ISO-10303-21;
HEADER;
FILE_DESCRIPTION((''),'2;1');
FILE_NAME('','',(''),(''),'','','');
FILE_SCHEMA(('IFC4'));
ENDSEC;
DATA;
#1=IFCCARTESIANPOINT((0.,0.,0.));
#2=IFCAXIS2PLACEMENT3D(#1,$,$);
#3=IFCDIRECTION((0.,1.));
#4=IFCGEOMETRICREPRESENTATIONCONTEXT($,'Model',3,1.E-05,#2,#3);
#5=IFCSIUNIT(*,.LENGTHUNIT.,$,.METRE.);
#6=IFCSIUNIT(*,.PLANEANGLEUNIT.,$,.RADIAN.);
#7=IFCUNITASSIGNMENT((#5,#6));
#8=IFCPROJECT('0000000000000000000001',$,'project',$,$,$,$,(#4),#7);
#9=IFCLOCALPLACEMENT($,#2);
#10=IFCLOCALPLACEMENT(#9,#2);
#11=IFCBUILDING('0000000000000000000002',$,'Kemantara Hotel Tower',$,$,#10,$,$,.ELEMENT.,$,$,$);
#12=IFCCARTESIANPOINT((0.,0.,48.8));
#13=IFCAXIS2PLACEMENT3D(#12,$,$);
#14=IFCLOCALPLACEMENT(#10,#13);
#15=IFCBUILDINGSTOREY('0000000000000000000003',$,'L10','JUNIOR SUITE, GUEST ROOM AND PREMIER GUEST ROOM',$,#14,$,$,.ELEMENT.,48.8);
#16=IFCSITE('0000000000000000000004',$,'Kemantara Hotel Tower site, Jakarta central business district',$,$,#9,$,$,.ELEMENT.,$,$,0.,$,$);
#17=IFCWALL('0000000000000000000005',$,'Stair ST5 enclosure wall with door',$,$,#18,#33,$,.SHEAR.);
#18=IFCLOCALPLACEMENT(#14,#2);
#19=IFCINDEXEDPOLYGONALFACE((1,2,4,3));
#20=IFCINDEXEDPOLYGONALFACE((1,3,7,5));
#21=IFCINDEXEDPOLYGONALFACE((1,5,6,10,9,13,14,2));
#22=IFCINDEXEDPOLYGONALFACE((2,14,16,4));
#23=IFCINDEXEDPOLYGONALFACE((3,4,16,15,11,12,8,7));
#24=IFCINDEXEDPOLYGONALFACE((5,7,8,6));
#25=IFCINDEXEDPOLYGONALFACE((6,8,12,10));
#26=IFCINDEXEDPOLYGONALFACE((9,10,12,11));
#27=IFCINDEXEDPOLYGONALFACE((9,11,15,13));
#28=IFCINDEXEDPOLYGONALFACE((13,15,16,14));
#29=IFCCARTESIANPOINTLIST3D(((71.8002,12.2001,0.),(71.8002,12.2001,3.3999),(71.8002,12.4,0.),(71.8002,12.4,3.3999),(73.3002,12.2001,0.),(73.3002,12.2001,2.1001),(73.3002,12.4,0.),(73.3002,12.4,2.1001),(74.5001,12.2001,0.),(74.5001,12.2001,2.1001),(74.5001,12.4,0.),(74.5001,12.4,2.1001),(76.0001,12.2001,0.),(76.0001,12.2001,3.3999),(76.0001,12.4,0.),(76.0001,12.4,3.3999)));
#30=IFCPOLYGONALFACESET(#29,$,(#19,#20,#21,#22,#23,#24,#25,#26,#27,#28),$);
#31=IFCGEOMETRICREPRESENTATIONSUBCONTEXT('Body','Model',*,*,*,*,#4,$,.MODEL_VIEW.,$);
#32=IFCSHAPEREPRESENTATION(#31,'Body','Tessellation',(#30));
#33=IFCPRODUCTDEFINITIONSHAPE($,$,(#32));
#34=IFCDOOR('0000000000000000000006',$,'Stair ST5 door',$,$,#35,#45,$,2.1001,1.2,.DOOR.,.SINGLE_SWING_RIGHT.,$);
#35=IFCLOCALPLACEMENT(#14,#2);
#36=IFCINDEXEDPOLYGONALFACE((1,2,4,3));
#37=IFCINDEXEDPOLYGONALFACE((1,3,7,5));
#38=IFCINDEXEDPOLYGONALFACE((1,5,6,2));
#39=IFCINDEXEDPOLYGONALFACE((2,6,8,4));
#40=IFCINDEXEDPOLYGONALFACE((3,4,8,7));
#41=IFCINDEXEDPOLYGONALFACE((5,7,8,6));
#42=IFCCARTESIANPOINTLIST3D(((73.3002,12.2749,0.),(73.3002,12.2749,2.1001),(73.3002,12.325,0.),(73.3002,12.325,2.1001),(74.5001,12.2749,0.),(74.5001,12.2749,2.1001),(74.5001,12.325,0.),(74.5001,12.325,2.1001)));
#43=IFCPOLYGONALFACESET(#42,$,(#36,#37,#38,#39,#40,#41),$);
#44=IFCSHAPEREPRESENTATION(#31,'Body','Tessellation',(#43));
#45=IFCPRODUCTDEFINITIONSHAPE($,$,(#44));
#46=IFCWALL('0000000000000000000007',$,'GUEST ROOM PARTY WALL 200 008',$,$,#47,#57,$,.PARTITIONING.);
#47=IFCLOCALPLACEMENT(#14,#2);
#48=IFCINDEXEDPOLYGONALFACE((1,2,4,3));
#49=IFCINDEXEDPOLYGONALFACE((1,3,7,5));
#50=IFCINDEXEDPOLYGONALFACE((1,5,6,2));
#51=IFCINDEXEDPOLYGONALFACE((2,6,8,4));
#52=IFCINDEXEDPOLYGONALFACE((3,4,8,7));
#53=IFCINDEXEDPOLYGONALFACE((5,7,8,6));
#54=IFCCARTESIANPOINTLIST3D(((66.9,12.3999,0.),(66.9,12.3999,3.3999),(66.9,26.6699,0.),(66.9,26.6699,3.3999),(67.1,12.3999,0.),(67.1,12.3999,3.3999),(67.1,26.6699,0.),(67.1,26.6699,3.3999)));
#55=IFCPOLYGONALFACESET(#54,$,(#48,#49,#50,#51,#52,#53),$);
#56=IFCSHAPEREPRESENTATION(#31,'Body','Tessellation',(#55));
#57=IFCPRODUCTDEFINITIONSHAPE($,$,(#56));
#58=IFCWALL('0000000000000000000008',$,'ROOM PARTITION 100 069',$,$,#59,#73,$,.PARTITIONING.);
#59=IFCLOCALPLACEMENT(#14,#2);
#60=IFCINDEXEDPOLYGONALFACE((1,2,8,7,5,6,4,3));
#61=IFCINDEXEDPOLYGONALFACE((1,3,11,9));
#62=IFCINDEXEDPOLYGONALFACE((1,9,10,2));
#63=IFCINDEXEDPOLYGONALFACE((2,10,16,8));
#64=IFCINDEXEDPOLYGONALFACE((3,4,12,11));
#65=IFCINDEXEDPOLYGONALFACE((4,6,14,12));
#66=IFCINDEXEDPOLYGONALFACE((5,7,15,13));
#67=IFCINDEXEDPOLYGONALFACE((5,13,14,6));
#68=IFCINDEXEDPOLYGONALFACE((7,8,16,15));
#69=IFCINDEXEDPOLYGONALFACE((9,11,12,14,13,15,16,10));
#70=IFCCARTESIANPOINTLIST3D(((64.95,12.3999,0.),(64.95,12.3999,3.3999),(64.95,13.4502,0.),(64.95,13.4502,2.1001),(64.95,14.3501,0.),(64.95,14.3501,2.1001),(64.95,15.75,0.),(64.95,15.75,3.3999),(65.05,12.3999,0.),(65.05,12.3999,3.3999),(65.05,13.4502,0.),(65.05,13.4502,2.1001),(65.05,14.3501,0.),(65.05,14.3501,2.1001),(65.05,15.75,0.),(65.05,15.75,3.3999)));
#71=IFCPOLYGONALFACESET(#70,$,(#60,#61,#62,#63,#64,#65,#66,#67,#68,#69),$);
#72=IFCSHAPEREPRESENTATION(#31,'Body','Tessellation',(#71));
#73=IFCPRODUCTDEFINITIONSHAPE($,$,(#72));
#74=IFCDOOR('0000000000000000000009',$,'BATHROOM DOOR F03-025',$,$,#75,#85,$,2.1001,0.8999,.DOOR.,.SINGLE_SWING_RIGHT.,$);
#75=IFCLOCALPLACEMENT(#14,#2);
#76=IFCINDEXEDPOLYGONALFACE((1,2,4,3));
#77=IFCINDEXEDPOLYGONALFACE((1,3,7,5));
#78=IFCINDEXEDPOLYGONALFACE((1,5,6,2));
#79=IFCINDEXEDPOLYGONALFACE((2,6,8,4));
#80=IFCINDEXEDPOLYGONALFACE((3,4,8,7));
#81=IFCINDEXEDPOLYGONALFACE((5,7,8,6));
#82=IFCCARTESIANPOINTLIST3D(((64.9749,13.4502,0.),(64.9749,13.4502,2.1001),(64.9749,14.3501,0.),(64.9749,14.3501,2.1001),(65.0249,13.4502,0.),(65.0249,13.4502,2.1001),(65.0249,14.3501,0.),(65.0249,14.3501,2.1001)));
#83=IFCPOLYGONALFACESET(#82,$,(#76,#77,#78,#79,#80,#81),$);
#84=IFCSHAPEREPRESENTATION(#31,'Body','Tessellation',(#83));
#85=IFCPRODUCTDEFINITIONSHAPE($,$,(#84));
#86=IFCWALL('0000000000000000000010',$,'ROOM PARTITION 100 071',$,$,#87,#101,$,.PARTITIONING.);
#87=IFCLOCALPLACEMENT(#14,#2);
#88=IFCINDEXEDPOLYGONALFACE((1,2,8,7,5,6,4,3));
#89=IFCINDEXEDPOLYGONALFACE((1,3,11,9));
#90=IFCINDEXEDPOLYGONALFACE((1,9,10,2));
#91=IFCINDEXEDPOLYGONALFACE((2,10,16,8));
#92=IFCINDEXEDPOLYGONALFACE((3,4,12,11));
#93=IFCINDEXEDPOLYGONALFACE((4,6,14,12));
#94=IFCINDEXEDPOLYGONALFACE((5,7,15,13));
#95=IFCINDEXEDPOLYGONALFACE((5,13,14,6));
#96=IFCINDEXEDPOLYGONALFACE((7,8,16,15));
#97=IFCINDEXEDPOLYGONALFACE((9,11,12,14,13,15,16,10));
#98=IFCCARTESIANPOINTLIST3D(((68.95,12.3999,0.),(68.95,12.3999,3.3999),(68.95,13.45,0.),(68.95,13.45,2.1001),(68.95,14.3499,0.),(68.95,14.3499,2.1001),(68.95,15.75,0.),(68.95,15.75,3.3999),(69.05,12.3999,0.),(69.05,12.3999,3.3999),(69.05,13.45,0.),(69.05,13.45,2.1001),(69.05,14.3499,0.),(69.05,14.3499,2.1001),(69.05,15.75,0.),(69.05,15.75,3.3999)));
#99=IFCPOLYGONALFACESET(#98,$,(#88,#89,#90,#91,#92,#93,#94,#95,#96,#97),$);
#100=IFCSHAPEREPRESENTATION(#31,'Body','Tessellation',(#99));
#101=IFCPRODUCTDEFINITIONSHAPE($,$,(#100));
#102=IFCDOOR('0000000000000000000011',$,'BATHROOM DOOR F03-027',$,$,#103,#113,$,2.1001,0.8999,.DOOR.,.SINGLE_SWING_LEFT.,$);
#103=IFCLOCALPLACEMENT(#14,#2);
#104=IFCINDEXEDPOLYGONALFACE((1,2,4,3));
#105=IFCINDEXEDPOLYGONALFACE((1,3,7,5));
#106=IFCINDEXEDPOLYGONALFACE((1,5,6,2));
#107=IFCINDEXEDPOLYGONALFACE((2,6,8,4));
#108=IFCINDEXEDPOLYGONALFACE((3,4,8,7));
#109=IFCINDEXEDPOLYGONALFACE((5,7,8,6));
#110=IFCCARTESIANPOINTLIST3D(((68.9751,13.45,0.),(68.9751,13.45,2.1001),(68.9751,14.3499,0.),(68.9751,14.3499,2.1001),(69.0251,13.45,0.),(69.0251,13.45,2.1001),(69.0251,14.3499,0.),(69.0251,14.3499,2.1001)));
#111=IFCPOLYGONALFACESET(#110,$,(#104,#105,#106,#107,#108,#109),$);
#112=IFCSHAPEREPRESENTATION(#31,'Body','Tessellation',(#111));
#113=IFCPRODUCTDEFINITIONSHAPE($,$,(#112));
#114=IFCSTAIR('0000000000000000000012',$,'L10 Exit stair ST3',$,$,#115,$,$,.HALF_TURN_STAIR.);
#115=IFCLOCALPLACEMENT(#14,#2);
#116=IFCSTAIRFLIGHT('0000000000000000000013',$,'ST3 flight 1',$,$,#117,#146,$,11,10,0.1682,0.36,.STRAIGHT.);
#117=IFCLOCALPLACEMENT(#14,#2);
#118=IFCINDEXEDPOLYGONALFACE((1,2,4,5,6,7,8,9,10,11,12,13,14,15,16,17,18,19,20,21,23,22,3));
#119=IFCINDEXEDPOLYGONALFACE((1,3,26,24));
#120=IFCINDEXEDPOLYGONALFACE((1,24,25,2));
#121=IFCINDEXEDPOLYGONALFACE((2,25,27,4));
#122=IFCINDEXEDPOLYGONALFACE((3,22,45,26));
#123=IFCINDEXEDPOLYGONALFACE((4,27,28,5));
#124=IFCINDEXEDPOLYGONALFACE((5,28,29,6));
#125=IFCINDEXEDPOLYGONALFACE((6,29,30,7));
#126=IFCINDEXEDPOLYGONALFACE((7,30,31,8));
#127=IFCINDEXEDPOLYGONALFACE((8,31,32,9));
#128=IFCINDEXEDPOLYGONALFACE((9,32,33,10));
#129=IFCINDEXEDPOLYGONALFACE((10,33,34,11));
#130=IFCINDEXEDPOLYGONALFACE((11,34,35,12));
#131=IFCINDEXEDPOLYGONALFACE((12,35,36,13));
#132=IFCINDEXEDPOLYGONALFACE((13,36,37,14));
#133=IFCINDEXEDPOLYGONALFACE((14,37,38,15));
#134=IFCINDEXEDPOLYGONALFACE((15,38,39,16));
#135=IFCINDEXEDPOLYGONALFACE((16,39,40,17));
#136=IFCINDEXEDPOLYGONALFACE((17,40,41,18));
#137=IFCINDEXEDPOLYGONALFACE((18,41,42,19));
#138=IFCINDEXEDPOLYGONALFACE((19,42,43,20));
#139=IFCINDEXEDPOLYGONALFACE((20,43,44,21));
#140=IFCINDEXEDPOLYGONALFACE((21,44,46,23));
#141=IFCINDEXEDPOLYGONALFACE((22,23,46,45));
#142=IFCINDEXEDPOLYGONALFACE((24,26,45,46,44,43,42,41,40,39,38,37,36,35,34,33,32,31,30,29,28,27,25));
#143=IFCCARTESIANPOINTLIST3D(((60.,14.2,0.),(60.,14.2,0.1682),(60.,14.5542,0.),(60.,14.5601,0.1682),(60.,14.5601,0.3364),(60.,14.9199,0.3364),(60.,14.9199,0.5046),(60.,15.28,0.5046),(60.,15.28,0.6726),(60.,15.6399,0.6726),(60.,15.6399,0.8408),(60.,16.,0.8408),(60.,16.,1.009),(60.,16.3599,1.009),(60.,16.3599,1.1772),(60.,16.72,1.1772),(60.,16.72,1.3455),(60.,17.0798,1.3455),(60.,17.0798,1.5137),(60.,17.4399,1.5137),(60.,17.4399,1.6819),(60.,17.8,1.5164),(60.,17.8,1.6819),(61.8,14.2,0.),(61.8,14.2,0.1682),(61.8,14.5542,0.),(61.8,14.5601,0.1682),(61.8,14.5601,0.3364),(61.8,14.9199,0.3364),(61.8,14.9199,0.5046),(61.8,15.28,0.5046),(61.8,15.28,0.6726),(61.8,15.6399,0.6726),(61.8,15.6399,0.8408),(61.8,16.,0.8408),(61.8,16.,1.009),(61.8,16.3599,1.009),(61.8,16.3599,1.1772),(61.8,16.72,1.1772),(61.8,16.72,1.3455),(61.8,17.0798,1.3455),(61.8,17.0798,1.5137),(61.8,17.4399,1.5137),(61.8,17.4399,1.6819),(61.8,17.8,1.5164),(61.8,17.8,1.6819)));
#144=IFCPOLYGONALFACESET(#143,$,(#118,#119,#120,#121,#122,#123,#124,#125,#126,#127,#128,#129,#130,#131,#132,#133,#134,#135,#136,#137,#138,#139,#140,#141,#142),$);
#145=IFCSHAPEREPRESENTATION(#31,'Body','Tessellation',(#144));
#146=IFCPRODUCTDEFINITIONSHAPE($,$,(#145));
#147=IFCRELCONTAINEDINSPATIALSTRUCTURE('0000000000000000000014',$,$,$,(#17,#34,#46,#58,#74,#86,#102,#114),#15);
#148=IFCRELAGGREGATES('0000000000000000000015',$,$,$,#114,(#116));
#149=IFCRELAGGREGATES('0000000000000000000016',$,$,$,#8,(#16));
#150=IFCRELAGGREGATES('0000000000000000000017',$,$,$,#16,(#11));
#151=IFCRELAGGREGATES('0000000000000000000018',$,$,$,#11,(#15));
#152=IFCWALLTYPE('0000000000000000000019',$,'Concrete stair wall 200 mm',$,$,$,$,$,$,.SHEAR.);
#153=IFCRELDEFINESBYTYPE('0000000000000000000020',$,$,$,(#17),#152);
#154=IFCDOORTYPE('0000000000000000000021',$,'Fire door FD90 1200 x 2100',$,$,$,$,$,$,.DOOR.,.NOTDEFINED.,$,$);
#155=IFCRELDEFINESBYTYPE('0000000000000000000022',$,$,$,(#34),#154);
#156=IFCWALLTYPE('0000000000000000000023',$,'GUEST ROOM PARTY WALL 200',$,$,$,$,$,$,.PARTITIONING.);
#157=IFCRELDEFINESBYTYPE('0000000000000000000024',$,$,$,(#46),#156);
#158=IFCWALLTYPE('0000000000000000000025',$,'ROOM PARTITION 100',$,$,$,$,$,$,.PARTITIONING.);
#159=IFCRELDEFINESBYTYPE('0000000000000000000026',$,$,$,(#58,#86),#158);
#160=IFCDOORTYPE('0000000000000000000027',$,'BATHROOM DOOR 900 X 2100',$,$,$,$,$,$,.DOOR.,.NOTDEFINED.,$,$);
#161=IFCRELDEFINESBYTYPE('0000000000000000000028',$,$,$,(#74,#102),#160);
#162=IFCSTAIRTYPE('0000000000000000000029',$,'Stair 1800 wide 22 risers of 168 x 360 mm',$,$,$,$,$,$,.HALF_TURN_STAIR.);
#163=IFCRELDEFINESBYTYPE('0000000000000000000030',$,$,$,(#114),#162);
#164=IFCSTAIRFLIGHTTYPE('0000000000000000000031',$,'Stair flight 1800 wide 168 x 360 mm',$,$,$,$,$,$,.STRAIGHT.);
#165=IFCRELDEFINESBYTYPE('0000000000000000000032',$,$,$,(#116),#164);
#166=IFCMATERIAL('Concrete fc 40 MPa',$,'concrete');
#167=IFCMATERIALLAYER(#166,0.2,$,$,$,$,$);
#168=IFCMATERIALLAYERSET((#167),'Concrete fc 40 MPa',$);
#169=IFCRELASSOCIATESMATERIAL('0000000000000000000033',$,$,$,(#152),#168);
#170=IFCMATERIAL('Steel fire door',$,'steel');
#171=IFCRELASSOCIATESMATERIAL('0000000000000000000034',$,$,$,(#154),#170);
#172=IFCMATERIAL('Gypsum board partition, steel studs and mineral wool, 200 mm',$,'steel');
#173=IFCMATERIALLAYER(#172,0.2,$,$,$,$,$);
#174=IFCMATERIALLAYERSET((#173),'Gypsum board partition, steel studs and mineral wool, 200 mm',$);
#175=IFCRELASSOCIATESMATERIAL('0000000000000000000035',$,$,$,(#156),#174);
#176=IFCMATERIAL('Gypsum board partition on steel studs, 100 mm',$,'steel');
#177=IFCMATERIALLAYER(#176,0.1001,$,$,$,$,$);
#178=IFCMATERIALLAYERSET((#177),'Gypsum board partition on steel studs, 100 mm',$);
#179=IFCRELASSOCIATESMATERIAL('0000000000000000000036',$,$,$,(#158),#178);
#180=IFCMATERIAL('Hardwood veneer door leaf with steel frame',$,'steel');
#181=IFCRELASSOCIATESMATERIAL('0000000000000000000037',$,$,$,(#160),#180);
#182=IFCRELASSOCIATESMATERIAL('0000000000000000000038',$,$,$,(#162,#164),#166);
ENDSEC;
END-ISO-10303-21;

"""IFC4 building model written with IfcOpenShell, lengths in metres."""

from ifc_helpers import new_model, si_unit, direction, frame, frame_2d, origin, place, context, subcontext, project, spatial, polyline, rectangle, outline, extrude, material, layer, layer_set, type_object, element, fill, aggregate, save


model = new_model("IFC4")

# Units and contexts
model_context = context("Model", 3, precision=1e-05, world=origin(), true_north=direction((0.0, 1.0)))
body_context = subcontext(model_context, "Body", "Model", "MODEL_VIEW")
ifc_project = project(units=[si_unit("LENGTHUNIT", "METRE"), si_unit("PLANEANGLEUNIT", "RADIAN")], contexts=[model_context])

# Site, building, storey
site_placement = place(None, origin())
site = spatial("IfcSite", under=ifc_project, at=site_placement, Name="Kemantara Hotel Tower site, Jakarta central business district", CompositionType="ELEMENT", RefElevation=0.0)
building_placement = place(site_placement, origin())
building = spatial("IfcBuilding", under=site, at=building_placement, Name="Kemantara Hotel Tower", CompositionType="ELEMENT")
storey_placement = place(building_placement, frame((0.0, 0.0, 48.8)))
storey = spatial("IfcBuildingStorey", under=building, at=storey_placement, Name="L10", Description="JUNIOR SUITE, GUEST ROOM AND PREMIER GUEST ROOM", CompositionType="ELEMENT", Elevation=48.8)

# Shared definitions
ifc_material_1 = material(Name="Gypsum board partition, steel studs and mineral wool, 200 mm", Category="steel")
ifc_material_2 = material(Name="Hardwood veneer door leaf with steel frame", Category="steel")

# Shared definitions
ifc_material_3 = material(Name="Concrete fc 40 MPa", Category="concrete")
ifc_layer_1 = layer(ifc_material_3, 0.2)
ifc_layer_set_1 = layer_set([ifc_layer_1], Name="Concrete fc 40 MPa")
wall_type_1 = type_object("IfcWallType", Name="Concrete stair wall 200 mm", PredefinedType="SHEAR", material=ifc_layer_set_1)

# Wall, opening, door
wall_1_placement = place(storey_placement, frame((71.8, 12.3, 0.0), z_axis=(0.0, 0.0, 1.0), x_axis=(1.0, 0.0, 0.0)))
wall_1 = element("IfcWall", 1, at=wall_1_placement, inside=storey, type_object=wall_type_1, Name="Stair ST5 enclosure wall with door", PredefinedType="SHEAR", context=body_context, shape_type="SweptSolid", body=[
    extrude(rectangle(XDim=4.2, YDim=0.2, at=frame_2d((2.1001, 0.0))), origin(), (0.0, 0.0, 1.0), 3.3999),
])
opening_1_placement = place(wall_1_placement, frame((1.5, 0.0, 0.0)))
opening_1 = element("IfcOpeningElement", 2, at=opening_1_placement, cuts=wall_1, PredefinedType="OPENING", context=body_context, shape_type="SweptSolid", body=[
    extrude(rectangle(XDim=1.2, YDim=2.1001, at=frame_2d((0.6001, 1.05))), frame((0.0, 0.1099, 0.0), z_axis=(0.0, -1.0, 0.0), x_axis=(1.0, 0.0, 0.0)), (0.0, 0.0, 1.0), 0.22),
])
ifc_material_4 = material(Name="Steel fire door", Category="steel")
door_type_1 = type_object("IfcDoorType", Name="Fire door FD90 1200 x 2100", OperationType="NOTDEFINED", PredefinedType="DOOR", material=ifc_material_4)
door_1_placement = place(opening_1_placement, origin())
door_1 = element("IfcDoor", 3, at=door_1_placement, inside=storey, type_object=door_type_1, Name="Stair ST5 door", OperationType="SINGLE_SWING_RIGHT", OverallHeight=2.1001, OverallWidth=1.2, PredefinedType="DOOR", context=body_context, shape_type="SweptSolid", body=[
    extrude(rectangle(XDim=1.2, YDim=2.1001, at=frame_2d((0.6001, 1.05))), frame((0.0, 0.0249, 0.0), z_axis=(0.0, -1.0, 0.0), x_axis=(1.0, 0.0, 0.0)), (0.0, 0.0, 1.0), 0.05),
])
fill(opening_1, door_1)

# Wall
ifc_layer_2 = layer(ifc_material_1, 0.2)
ifc_layer_set_2 = layer_set([ifc_layer_2], Name="Gypsum board partition, steel studs and mineral wool, 200 mm")
wall_type_2 = type_object("IfcWallType", Name="GUEST ROOM PARTY WALL 200", PredefinedType="PARTITIONING", material=ifc_layer_set_2)
wall_2_placement = place(storey_placement, frame((67.0, 12.3999, 0.0), z_axis=(0.0, 0.0, 1.0), x_axis=(0.0, 1.0, 0.0)))
element("IfcWall", 4, at=wall_2_placement, inside=storey, type_object=wall_type_2, Name="GUEST ROOM PARTY WALL 200 008", PredefinedType="PARTITIONING", context=body_context, shape_type="SweptSolid", body=[
    extrude(rectangle(XDim=14.27, YDim=0.2, at=frame_2d((7.135, 0.0))), origin(), (0.0, 0.0, 1.0), 3.3999),
])

# Walls, openings, doors
ifc_material_5 = material(Name="Gypsum board partition on steel studs, 100 mm", Category="steel")
ifc_layer_3 = layer(ifc_material_5, 0.1001)
ifc_layer_set_3 = layer_set([ifc_layer_3], Name="Gypsum board partition on steel studs, 100 mm")
wall_type_3 = type_object("IfcWallType", Name="ROOM PARTITION 100", PredefinedType="PARTITIONING", material=ifc_layer_set_3)
wall_3_placement = place(storey_placement, frame((65.0, 15.75, 0.0), z_axis=(0.0, 0.0, 1.0), x_axis=(0.0, -1.0, 0.0)))
wall_3 = element("IfcWall", 5, at=wall_3_placement, inside=storey, type_object=wall_type_3, Name="ROOM PARTITION 100 069", PredefinedType="PARTITIONING", context=body_context, shape_type="SweptSolid", body=[
    extrude(rectangle(XDim=3.3501, YDim=0.1001, at=frame_2d((1.675, 0.0))), origin(), (0.0, 0.0, 1.0), 3.3999),
])
opening_2_placement = place(wall_3_placement, frame((1.3999, 0.0, 0.0)))
opening_2 = element("IfcOpeningElement", 6, at=opening_2_placement, cuts=wall_3, PredefinedType="OPENING", context=body_context, shape_type="SweptSolid", body=[
    extrude(rectangle(XDim=0.8999, YDim=2.1001, at=frame_2d((0.45, 1.05))), frame((0.0, 0.0601, 0.0), z_axis=(0.0, -1.0, 0.0), x_axis=(1.0, 0.0, 0.0)), (0.0, 0.0, 1.0), 0.1201),
])
door_type_2 = type_object("IfcDoorType", Name="BATHROOM DOOR 900 X 2100", OperationType="NOTDEFINED", PredefinedType="DOOR", material=ifc_material_2)
door_2_placement = place(opening_2_placement, origin())
door_2 = element("IfcDoor", 7, at=door_2_placement, inside=storey, type_object=door_type_2, Name="BATHROOM DOOR F03-025", OperationType="SINGLE_SWING_RIGHT", OverallHeight=2.1001, OverallWidth=0.8999, PredefinedType="DOOR", context=body_context, shape_type="SweptSolid", body=[
    extrude(rectangle(XDim=0.8999, YDim=2.1001, at=frame_2d((0.45, 1.05))), frame((0.0, 0.0249, 0.0), z_axis=(0.0, -1.0, 0.0), x_axis=(1.0, 0.0, 0.0)), (0.0, 0.0, 1.0), 0.05),
])
fill(opening_2, door_2)
wall_4_placement = place(storey_placement, frame((69.0, 12.3999, 0.0), z_axis=(0.0, 0.0, 1.0), x_axis=(0.0, 1.0, 0.0)))
wall_4 = element("IfcWall", 8, at=wall_4_placement, inside=storey, type_object=wall_type_3, Name="ROOM PARTITION 100 071", PredefinedType="PARTITIONING", context=body_context, shape_type="SweptSolid", body=[
    extrude(rectangle(XDim=3.3501, YDim=0.1001, at=frame_2d((1.675, 0.0))), origin(), (0.0, 0.0, 1.0), 3.3999),
])
opening_3_placement = place(wall_4_placement, frame((1.05, 0.0, 0.0)))
opening_3 = element("IfcOpeningElement", 9, at=opening_3_placement, cuts=wall_4, PredefinedType="OPENING", context=body_context, shape_type="SweptSolid", body=[
    extrude(rectangle(XDim=0.8999, YDim=2.1001, at=frame_2d((0.45, 1.05))), frame((0.0, 0.0601, 0.0), z_axis=(0.0, -1.0, 0.0), x_axis=(1.0, 0.0, 0.0)), (0.0, 0.0, 1.0), 0.1201),
])
door_3_placement = place(opening_3_placement, origin())
door_3 = element("IfcDoor", 10, at=door_3_placement, inside=storey, type_object=door_type_2, Name="BATHROOM DOOR F03-027", OperationType="SINGLE_SWING_LEFT", OverallHeight=2.1001, OverallWidth=0.8999, PredefinedType="DOOR", context=body_context, shape_type="SweptSolid", body=[
    extrude(rectangle(XDim=0.8999, YDim=2.1001, at=frame_2d((0.45, 1.05))), frame((0.0, 0.0249, 0.0), z_axis=(0.0, -1.0, 0.0), x_axis=(1.0, 0.0, 0.0)), (0.0, 0.0, 1.0), 0.05),
])
fill(opening_3, door_3)

# Stair, stair flight
stair_type = type_object("IfcStairType", Name="Stair 1800 wide 22 risers of 168 x 360 mm", PredefinedType="HALF_TURN_STAIR", material=ifc_material_3)
stair_placement = place(storey_placement, origin())
stair = element("IfcStair", 11, at=stair_placement, inside=storey, type_object=stair_type, Name="L10 Exit stair ST3", PredefinedType="HALF_TURN_STAIR")
stair_flight_type = type_object("IfcStairFlightType", Name="Stair flight 1800 wide 168 x 360 mm", PredefinedType="STRAIGHT", material=ifc_material_3)
stair_flight_placement = place(storey_placement, frame((60.8999, 14.2, 0.0), z_axis=(0.0, 0.0, 1.0), x_axis=(0.0, 1.0, 0.0)))
stair_flight = element("IfcStairFlight", 12, at=stair_flight_placement, type_object=stair_flight_type, Name="ST3 flight 1", NumberOfRisers=11, NumberOfTreads=10, PredefinedType="STRAIGHT", RiserHeight=0.1682, TreadLength=0.36, context=body_context, shape_type="SweptSolid", body=[
    extrude(outline(polyline([(0.0, 0.0), (0.0, 0.1682), (0.3601, 0.1682), (0.3601, 0.3364), (0.72, 0.3364), (0.72, 0.5046), (1.0801, 0.5046), (1.0801, 0.6726), (1.4399, 0.6726), (1.4399, 0.8408), (1.8, 0.8408), (1.8, 1.009), (2.1599, 1.009), (2.1599, 1.1772), (2.52, 1.1772), (2.52, 1.3455), (2.8799, 1.3455), (2.8799, 1.5137), (3.24, 1.5137), (3.24, 1.6819), (3.6001, 1.6819), (3.6001, 1.8501), (3.6001, 1.5164), (0.3542, 0.0), (0.0, 0.0)])), frame((0.0, 0.8999, 0.0), z_axis=(0.0, -1.0, 0.0), x_axis=(1.0, 0.0, 0.0)), (0.0, 0.0, 1.0), 1.8),
])
aggregate(stair, [stair_flight])

save(model, "model.ifc")
